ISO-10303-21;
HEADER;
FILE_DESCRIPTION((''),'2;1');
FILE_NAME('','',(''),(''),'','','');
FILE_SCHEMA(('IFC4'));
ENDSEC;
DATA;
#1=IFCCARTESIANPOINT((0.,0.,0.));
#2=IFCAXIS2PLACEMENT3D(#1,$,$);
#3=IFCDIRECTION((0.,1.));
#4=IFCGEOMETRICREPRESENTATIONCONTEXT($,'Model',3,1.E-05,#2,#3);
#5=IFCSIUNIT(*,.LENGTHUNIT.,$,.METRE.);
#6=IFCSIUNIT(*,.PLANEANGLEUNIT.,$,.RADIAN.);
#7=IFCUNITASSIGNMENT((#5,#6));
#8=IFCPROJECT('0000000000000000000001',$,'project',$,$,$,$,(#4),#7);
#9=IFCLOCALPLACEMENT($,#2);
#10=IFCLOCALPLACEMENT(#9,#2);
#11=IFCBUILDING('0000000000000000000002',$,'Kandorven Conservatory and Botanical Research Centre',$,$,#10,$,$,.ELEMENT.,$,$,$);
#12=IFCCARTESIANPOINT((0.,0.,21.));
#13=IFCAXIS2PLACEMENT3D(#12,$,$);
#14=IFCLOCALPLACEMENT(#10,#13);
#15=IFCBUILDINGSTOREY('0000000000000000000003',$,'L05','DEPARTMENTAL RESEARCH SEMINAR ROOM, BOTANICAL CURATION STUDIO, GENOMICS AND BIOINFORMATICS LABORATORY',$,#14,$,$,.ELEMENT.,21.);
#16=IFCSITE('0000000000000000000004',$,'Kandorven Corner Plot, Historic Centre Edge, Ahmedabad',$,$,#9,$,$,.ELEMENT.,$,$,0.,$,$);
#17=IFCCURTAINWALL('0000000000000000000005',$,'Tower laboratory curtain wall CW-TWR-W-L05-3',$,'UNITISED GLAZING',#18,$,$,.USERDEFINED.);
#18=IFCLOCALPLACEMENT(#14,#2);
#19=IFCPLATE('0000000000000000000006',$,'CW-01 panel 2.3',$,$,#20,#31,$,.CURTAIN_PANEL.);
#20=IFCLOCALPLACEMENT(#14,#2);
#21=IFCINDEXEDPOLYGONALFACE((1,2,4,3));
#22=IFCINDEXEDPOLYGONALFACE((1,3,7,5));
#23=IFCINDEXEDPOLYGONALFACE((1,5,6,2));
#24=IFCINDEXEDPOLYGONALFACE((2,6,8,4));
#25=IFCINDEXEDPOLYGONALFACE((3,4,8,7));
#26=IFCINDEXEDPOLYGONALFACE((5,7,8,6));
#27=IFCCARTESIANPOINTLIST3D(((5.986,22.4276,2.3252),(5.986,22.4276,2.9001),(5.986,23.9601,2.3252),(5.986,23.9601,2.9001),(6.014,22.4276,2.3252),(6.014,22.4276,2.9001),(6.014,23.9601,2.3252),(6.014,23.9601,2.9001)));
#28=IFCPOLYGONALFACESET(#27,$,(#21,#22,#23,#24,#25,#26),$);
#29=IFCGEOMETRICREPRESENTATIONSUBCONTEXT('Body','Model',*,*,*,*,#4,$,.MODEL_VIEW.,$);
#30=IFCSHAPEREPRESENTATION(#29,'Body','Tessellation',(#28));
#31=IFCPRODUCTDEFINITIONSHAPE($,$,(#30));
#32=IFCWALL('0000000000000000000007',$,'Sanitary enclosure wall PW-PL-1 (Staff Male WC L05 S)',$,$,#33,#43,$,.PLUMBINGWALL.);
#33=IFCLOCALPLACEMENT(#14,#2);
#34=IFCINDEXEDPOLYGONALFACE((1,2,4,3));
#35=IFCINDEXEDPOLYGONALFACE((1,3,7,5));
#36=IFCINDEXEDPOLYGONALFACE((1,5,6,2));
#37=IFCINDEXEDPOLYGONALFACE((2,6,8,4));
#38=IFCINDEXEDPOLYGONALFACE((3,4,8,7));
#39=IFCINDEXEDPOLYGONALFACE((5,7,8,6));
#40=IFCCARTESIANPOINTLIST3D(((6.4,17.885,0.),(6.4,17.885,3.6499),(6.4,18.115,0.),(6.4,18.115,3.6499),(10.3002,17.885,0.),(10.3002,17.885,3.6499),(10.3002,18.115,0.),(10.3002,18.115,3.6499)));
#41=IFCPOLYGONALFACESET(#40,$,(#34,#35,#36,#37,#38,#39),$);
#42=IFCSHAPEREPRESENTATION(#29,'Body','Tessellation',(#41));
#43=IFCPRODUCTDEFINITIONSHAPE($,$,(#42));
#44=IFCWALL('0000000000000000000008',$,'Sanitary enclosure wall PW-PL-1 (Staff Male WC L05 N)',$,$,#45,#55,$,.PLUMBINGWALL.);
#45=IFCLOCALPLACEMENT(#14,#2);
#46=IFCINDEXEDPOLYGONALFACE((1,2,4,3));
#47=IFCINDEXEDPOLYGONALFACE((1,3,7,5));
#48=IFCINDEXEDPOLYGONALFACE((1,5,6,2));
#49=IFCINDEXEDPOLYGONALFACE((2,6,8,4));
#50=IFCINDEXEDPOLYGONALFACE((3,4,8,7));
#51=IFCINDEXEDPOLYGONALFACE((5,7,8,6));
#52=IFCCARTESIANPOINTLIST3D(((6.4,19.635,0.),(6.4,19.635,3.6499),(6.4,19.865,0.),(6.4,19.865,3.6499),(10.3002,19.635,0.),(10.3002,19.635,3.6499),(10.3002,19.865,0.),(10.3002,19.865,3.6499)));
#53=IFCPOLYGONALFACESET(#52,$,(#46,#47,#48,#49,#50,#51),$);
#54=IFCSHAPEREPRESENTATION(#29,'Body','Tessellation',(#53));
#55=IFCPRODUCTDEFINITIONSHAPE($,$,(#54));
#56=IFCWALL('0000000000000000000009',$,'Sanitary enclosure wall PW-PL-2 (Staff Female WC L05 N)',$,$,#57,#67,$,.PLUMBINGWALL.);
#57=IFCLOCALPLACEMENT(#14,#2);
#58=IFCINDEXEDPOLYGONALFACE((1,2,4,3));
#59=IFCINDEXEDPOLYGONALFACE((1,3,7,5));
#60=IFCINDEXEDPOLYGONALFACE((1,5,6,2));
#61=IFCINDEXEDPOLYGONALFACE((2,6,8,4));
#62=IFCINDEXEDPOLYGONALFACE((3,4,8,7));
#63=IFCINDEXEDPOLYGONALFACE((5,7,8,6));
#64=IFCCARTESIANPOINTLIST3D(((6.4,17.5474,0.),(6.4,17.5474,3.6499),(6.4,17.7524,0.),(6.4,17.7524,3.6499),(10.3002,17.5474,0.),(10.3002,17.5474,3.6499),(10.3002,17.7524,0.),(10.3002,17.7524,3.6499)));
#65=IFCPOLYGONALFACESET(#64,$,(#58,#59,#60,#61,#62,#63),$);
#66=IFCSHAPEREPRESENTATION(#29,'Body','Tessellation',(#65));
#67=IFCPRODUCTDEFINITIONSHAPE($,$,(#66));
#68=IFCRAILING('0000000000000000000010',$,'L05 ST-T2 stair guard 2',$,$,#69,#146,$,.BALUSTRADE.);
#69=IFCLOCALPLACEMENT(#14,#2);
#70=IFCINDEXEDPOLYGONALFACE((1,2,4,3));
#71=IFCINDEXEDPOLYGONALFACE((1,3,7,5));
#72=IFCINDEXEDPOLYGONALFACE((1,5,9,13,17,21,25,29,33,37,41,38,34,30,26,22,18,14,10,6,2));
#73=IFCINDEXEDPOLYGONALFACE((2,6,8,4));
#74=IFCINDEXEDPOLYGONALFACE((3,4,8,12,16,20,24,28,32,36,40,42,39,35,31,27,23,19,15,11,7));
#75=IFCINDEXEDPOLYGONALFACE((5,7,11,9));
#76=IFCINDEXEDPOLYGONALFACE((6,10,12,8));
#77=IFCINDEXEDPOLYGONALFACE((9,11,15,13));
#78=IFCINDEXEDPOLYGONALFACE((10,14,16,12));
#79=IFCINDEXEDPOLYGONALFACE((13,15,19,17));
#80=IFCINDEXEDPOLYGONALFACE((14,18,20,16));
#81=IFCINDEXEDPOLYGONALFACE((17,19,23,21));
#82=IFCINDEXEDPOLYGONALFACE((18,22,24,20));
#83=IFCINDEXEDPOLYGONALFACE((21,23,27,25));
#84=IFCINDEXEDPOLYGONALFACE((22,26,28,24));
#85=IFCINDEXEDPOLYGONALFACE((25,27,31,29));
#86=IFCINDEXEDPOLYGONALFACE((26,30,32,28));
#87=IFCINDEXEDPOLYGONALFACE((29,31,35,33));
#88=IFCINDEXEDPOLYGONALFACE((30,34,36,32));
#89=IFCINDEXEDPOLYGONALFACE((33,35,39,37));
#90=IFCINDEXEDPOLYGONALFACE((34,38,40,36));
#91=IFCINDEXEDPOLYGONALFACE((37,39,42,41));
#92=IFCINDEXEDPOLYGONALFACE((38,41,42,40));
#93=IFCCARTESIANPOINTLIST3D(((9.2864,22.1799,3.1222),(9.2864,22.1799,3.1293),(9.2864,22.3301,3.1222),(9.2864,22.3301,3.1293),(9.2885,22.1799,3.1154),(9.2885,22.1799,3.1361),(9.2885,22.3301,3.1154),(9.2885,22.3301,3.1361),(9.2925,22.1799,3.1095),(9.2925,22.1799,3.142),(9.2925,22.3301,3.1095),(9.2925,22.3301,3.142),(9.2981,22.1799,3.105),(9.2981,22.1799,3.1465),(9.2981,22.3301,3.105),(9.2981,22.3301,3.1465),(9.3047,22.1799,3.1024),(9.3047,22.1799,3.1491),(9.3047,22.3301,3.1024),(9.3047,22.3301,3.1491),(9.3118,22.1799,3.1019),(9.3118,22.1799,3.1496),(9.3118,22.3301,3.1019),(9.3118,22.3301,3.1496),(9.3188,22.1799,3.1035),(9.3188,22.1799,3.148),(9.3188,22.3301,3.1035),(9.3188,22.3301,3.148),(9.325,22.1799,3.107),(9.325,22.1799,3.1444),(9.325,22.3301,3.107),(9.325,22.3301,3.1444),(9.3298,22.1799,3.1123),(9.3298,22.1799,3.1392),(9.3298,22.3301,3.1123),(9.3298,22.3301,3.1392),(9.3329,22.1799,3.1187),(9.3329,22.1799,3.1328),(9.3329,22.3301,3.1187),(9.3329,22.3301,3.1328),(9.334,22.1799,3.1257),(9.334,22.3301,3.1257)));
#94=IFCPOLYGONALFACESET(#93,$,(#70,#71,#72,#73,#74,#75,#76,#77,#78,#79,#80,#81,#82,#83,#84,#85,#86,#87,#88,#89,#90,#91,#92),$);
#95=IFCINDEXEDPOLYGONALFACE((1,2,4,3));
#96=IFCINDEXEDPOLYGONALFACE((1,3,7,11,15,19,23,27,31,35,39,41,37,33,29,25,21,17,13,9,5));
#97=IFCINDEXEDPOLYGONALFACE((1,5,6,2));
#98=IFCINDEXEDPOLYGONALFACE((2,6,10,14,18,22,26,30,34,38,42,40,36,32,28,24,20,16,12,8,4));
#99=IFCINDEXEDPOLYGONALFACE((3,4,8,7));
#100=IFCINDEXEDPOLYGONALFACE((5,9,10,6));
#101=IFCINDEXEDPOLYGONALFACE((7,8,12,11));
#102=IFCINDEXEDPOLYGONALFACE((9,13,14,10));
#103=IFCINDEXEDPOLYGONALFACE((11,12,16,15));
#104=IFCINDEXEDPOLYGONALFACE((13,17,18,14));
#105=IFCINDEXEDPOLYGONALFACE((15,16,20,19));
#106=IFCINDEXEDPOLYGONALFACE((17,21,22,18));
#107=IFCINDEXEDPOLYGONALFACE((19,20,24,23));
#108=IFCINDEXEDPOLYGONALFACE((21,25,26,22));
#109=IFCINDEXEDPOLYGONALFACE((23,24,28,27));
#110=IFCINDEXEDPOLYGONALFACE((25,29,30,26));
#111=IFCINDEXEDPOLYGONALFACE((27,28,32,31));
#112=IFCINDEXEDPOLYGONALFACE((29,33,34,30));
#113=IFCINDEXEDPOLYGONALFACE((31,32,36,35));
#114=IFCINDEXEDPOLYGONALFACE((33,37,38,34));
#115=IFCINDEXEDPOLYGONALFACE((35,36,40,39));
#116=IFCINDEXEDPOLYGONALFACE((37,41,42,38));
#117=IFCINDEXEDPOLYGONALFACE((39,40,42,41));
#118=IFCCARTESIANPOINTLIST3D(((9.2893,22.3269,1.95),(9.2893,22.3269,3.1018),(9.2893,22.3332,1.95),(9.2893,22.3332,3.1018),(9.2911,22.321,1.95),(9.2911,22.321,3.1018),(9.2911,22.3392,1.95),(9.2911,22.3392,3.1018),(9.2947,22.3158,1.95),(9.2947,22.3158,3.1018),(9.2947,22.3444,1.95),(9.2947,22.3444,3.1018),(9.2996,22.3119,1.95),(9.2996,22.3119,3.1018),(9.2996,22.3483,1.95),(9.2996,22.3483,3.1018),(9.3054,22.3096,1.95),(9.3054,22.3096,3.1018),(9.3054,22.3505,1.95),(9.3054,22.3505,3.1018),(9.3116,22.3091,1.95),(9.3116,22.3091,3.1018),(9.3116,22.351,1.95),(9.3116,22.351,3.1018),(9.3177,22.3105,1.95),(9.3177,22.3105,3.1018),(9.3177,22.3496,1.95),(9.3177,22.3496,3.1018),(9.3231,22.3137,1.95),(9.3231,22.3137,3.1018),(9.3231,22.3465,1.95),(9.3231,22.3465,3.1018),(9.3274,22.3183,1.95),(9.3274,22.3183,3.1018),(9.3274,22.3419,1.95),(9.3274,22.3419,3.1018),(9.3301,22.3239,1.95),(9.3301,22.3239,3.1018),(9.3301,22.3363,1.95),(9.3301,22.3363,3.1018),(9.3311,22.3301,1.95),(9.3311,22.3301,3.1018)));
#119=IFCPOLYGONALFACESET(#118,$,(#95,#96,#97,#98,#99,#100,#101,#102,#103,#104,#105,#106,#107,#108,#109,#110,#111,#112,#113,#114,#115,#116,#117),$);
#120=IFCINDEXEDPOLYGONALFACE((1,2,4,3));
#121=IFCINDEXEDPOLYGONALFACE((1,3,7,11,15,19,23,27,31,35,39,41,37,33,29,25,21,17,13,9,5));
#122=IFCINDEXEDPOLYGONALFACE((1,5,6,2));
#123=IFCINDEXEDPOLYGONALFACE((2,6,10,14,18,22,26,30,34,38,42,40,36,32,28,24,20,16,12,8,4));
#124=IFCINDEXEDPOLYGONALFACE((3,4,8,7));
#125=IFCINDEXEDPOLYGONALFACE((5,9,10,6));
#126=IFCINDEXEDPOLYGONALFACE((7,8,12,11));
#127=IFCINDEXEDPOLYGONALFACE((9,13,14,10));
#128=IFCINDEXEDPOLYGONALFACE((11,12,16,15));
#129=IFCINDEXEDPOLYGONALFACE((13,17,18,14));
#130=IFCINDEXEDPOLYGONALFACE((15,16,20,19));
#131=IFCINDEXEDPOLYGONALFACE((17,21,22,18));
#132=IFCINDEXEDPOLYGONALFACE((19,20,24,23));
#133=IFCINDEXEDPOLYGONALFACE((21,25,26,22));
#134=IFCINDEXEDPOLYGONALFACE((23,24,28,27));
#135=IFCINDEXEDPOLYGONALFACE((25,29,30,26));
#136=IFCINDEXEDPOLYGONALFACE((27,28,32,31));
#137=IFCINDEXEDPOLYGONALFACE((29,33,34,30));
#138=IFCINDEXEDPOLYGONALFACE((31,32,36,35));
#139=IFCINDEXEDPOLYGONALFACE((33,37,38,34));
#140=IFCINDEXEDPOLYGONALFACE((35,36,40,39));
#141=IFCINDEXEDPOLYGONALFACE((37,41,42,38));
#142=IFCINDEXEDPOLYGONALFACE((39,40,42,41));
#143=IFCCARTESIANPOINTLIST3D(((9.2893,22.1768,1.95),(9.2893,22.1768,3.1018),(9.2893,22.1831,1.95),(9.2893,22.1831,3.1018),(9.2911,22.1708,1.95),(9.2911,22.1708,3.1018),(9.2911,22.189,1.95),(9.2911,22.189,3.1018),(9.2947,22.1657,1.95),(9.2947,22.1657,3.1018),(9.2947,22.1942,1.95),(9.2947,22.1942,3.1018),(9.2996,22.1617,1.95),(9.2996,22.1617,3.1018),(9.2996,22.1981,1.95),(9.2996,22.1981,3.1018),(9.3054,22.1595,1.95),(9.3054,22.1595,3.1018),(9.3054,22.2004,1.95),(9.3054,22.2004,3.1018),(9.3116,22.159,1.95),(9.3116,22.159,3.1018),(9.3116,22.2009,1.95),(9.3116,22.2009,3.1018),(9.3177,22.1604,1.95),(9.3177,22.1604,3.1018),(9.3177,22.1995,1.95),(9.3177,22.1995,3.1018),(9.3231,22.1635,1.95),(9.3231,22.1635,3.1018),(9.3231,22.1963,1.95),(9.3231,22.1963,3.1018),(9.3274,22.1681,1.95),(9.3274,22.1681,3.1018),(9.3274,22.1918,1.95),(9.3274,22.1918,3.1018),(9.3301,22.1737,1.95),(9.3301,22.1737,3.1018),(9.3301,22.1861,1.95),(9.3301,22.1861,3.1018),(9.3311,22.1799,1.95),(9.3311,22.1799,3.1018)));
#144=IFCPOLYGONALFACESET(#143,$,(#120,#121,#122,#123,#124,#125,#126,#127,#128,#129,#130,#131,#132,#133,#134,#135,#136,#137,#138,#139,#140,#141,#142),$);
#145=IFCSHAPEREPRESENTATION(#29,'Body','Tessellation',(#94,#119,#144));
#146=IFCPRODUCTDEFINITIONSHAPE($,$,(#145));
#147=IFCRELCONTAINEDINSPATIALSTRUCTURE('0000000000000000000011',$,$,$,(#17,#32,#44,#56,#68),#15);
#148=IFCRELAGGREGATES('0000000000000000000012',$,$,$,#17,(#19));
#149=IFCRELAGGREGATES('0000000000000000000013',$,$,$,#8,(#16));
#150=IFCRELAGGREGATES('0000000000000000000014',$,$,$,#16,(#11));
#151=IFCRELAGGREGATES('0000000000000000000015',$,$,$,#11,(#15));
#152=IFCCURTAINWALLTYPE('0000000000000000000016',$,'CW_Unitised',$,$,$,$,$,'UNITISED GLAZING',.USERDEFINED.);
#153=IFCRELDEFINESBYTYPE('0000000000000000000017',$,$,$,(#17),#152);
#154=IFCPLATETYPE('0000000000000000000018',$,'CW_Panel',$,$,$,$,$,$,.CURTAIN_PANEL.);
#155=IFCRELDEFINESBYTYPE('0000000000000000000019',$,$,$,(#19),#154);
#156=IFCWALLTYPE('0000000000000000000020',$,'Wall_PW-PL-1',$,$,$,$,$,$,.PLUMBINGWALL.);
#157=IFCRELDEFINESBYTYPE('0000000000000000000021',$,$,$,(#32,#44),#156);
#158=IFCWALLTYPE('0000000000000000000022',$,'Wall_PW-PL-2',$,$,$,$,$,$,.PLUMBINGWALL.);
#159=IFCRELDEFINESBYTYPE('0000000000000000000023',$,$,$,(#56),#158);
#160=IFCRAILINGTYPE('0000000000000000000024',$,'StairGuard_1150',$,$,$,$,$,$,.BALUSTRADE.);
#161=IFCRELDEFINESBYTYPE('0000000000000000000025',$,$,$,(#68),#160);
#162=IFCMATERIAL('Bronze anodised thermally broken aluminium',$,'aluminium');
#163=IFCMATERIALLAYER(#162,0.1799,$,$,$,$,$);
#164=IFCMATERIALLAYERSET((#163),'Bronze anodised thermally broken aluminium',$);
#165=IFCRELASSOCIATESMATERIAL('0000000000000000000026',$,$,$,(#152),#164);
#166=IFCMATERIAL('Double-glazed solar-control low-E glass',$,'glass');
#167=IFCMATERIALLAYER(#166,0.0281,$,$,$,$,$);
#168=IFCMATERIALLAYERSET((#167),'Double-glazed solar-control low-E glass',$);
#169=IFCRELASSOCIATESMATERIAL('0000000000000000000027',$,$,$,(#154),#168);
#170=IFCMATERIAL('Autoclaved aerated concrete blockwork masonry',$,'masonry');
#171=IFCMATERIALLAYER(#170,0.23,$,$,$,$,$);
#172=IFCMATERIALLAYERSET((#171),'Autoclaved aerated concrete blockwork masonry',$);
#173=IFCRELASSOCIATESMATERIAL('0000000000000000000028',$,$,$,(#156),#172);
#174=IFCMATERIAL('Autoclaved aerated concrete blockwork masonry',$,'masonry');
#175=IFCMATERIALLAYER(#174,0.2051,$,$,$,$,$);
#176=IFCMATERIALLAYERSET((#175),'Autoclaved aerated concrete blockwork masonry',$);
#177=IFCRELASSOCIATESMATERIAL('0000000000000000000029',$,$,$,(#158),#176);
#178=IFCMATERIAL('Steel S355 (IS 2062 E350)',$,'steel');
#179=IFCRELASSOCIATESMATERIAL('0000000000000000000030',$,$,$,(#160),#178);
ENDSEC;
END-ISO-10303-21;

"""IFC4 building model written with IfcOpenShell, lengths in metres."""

from ifc_helpers import new_model, si_unit, direction, frame, frame_2d, origin, origin_2d, place, context, subcontext, project, spatial, rectangle, circle, extrude, material, layer, layer_set, type_object, element, aggregate, save


model = new_model("IFC4")

# Units and contexts
model_context = context("Model", 3, precision=1e-05, world=origin(), true_north=direction((0.0, 1.0)))
body_context = subcontext(model_context, "Body", "Model", "MODEL_VIEW")
ifc_project = project(units=[si_unit("LENGTHUNIT", "METRE"), si_unit("PLANEANGLEUNIT", "RADIAN")], contexts=[model_context])

# Site, building, storey
site_placement = place(None, origin())
site = spatial("IfcSite", under=ifc_project, at=site_placement, Name="Kandorven Corner Plot, Historic Centre Edge, Ahmedabad", CompositionType="ELEMENT", RefElevation=0.0)
building_placement = place(site_placement, origin())
building = spatial("IfcBuilding", under=site, at=building_placement, Name="Kandorven Conservatory and Botanical Research Centre", CompositionType="ELEMENT")
storey_placement = place(building_placement, frame((0.0, 0.0, 21.0)))
storey = spatial("IfcBuildingStorey", under=building, at=storey_placement, Name="L05", Description="DEPARTMENTAL RESEARCH SEMINAR ROOM, BOTANICAL CURATION STUDIO, GENOMICS AND BIOINFORMATICS LABORATORY", CompositionType="ELEMENT", Elevation=21.0)

# Curtain wall, plate
ifc_material_1 = material(Name="Bronze anodised thermally broken aluminium", Category="aluminium")
ifc_layer_1 = layer(ifc_material_1, 0.1799)
ifc_layer_set_1 = layer_set([ifc_layer_1], Name="Bronze anodised thermally broken aluminium")
curtain_wall_type = type_object("IfcCurtainWallType", Name="CW_Unitised", ElementType="UNITISED GLAZING", PredefinedType="USERDEFINED", material=ifc_layer_set_1)
curtain_wall_placement = place(storey_placement, origin())
curtain_wall = element("IfcCurtainWall", 1, at=curtain_wall_placement, inside=storey, type_object=curtain_wall_type, Name="Tower laboratory curtain wall CW-TWR-W-L05-3", ObjectType="UNITISED GLAZING", PredefinedType="USERDEFINED")
ifc_material_2 = material(Name="Double-glazed solar-control low-E glass", Category="glass")
ifc_layer_2 = layer(ifc_material_2, 0.0281)
ifc_layer_set_2 = layer_set([ifc_layer_2], Name="Double-glazed solar-control low-E glass")
plate_type = type_object("IfcPlateType", Name="CW_Panel", PredefinedType="CURTAIN_PANEL", material=ifc_layer_set_2)
plate_1_placement = place(storey_placement, frame((6.0, 23.1938, 2.3252), z_axis=(0.0, 0.0, 1.0), x_axis=(0.0, 1.0, 0.0)))
plate_1 = element("IfcPlate", 2, at=plate_1_placement, type_object=plate_type, Name="CW-01 panel 2.3", PredefinedType="CURTAIN_PANEL", context=body_context, shape_type="SweptSolid", body=[
    extrude(rectangle(XDim=1.5325, YDim=0.0281, at=origin_2d()), origin(), (0.0, 0.0, 1.0), 0.575),
])
aggregate(curtain_wall, [plate_1])

# Walls
ifc_material_3 = material(Name="Autoclaved aerated concrete blockwork masonry", Category="masonry")
ifc_layer_3 = layer(ifc_material_3, 0.23)
ifc_layer_set_3 = layer_set([ifc_layer_3], Name="Autoclaved aerated concrete blockwork masonry")
wall_type_1 = type_object("IfcWallType", Name="Wall_PW-PL-1", PredefinedType="PLUMBINGWALL", material=ifc_layer_set_3)
for number, where, z_axis, x_axis, name in (
    (3, (6.3999, 18.0, 0.0), (0.0, 0.0, 1.0), (1.0, 0.0, 0.0), "Sanitary enclosure wall PW-PL-1 (Staff Male WC L05 S)"),
    (4, (6.3999, 19.75, 0.0), (0.0, 0.0, 1.0), (1.0, 0.0, 0.0), "Sanitary enclosure wall PW-PL-1 (Staff Male WC L05 N)"),
):
    element("IfcWall", number, at=place(storey_placement, frame(where, z_axis=z_axis, x_axis=x_axis)), inside=storey, type_object=wall_type_1, Name=name, PredefinedType="PLUMBINGWALL", context=body_context, shape_type="SweptSolid", body=[
        extrude(rectangle(XDim=3.9001, YDim=0.23, at=frame_2d((1.9502, 0.0))), origin(), (0.0, 0.0, 1.0), 3.6499),
    ])
ifc_material_4 = material(Name="Autoclaved aerated concrete blockwork masonry", Category="masonry")
ifc_layer_4 = layer(ifc_material_4, 0.2051)
ifc_layer_set_4 = layer_set([ifc_layer_4], Name="Autoclaved aerated concrete blockwork masonry")
wall_type_2 = type_object("IfcWallType", Name="Wall_PW-PL-2", PredefinedType="PLUMBINGWALL", material=ifc_layer_set_4)
wall_placement = place(storey_placement, frame((6.3999, 17.6499, 0.0), z_axis=(0.0, 0.0, 1.0), x_axis=(1.0, 0.0, 0.0)))
element("IfcWall", 5, at=wall_placement, inside=storey, type_object=wall_type_2, Name="Sanitary enclosure wall PW-PL-2 (Staff Female WC L05 N)", PredefinedType="PLUMBINGWALL", context=body_context, shape_type="SweptSolid", body=[
    extrude(rectangle(XDim=3.9001, YDim=0.2051, at=frame_2d((1.9502, 0.0))), origin(), (0.0, 0.0, 1.0), 3.6499),
])

# Railing
ifc_material_5 = material(Name="Steel S355 (IS 2062 E350)", Category="steel")
railing_type_1 = type_object("IfcRailingType", Name="StairGuard_1150", PredefinedType="BALUSTRADE", material=ifc_material_5)
railing_1_placement = place(storey_placement, frame((9.3101, 22.3301, 1.95)))
element("IfcRailing", 6, at=railing_1_placement, inside=storey, type_object=railing_type_1, Name="L05 ST-T2 stair guard 2", PredefinedType="BALUSTRADE", context=body_context, shape_type="SweptSolid", body=[
    extrude(circle(Radius=0.0239, at=origin_2d()), frame((0.0, 0.0, 1.1758), z_axis=(0.0, -1.0, 0.0), x_axis=(1.0, 0.0, 0.0)), (0.0, 0.0, 1.0), 0.1501),
    extrude(circle(Radius=0.021, at=origin_2d()), origin(), (0.0, 0.0, 1.0), 1.1519),
    extrude(circle(Radius=0.021, at=origin_2d()), frame((0.0, -0.1501, 0.0)), (0.0, 0.0, 1.0), 1.1519),
])

save(model, "model.ifc")
